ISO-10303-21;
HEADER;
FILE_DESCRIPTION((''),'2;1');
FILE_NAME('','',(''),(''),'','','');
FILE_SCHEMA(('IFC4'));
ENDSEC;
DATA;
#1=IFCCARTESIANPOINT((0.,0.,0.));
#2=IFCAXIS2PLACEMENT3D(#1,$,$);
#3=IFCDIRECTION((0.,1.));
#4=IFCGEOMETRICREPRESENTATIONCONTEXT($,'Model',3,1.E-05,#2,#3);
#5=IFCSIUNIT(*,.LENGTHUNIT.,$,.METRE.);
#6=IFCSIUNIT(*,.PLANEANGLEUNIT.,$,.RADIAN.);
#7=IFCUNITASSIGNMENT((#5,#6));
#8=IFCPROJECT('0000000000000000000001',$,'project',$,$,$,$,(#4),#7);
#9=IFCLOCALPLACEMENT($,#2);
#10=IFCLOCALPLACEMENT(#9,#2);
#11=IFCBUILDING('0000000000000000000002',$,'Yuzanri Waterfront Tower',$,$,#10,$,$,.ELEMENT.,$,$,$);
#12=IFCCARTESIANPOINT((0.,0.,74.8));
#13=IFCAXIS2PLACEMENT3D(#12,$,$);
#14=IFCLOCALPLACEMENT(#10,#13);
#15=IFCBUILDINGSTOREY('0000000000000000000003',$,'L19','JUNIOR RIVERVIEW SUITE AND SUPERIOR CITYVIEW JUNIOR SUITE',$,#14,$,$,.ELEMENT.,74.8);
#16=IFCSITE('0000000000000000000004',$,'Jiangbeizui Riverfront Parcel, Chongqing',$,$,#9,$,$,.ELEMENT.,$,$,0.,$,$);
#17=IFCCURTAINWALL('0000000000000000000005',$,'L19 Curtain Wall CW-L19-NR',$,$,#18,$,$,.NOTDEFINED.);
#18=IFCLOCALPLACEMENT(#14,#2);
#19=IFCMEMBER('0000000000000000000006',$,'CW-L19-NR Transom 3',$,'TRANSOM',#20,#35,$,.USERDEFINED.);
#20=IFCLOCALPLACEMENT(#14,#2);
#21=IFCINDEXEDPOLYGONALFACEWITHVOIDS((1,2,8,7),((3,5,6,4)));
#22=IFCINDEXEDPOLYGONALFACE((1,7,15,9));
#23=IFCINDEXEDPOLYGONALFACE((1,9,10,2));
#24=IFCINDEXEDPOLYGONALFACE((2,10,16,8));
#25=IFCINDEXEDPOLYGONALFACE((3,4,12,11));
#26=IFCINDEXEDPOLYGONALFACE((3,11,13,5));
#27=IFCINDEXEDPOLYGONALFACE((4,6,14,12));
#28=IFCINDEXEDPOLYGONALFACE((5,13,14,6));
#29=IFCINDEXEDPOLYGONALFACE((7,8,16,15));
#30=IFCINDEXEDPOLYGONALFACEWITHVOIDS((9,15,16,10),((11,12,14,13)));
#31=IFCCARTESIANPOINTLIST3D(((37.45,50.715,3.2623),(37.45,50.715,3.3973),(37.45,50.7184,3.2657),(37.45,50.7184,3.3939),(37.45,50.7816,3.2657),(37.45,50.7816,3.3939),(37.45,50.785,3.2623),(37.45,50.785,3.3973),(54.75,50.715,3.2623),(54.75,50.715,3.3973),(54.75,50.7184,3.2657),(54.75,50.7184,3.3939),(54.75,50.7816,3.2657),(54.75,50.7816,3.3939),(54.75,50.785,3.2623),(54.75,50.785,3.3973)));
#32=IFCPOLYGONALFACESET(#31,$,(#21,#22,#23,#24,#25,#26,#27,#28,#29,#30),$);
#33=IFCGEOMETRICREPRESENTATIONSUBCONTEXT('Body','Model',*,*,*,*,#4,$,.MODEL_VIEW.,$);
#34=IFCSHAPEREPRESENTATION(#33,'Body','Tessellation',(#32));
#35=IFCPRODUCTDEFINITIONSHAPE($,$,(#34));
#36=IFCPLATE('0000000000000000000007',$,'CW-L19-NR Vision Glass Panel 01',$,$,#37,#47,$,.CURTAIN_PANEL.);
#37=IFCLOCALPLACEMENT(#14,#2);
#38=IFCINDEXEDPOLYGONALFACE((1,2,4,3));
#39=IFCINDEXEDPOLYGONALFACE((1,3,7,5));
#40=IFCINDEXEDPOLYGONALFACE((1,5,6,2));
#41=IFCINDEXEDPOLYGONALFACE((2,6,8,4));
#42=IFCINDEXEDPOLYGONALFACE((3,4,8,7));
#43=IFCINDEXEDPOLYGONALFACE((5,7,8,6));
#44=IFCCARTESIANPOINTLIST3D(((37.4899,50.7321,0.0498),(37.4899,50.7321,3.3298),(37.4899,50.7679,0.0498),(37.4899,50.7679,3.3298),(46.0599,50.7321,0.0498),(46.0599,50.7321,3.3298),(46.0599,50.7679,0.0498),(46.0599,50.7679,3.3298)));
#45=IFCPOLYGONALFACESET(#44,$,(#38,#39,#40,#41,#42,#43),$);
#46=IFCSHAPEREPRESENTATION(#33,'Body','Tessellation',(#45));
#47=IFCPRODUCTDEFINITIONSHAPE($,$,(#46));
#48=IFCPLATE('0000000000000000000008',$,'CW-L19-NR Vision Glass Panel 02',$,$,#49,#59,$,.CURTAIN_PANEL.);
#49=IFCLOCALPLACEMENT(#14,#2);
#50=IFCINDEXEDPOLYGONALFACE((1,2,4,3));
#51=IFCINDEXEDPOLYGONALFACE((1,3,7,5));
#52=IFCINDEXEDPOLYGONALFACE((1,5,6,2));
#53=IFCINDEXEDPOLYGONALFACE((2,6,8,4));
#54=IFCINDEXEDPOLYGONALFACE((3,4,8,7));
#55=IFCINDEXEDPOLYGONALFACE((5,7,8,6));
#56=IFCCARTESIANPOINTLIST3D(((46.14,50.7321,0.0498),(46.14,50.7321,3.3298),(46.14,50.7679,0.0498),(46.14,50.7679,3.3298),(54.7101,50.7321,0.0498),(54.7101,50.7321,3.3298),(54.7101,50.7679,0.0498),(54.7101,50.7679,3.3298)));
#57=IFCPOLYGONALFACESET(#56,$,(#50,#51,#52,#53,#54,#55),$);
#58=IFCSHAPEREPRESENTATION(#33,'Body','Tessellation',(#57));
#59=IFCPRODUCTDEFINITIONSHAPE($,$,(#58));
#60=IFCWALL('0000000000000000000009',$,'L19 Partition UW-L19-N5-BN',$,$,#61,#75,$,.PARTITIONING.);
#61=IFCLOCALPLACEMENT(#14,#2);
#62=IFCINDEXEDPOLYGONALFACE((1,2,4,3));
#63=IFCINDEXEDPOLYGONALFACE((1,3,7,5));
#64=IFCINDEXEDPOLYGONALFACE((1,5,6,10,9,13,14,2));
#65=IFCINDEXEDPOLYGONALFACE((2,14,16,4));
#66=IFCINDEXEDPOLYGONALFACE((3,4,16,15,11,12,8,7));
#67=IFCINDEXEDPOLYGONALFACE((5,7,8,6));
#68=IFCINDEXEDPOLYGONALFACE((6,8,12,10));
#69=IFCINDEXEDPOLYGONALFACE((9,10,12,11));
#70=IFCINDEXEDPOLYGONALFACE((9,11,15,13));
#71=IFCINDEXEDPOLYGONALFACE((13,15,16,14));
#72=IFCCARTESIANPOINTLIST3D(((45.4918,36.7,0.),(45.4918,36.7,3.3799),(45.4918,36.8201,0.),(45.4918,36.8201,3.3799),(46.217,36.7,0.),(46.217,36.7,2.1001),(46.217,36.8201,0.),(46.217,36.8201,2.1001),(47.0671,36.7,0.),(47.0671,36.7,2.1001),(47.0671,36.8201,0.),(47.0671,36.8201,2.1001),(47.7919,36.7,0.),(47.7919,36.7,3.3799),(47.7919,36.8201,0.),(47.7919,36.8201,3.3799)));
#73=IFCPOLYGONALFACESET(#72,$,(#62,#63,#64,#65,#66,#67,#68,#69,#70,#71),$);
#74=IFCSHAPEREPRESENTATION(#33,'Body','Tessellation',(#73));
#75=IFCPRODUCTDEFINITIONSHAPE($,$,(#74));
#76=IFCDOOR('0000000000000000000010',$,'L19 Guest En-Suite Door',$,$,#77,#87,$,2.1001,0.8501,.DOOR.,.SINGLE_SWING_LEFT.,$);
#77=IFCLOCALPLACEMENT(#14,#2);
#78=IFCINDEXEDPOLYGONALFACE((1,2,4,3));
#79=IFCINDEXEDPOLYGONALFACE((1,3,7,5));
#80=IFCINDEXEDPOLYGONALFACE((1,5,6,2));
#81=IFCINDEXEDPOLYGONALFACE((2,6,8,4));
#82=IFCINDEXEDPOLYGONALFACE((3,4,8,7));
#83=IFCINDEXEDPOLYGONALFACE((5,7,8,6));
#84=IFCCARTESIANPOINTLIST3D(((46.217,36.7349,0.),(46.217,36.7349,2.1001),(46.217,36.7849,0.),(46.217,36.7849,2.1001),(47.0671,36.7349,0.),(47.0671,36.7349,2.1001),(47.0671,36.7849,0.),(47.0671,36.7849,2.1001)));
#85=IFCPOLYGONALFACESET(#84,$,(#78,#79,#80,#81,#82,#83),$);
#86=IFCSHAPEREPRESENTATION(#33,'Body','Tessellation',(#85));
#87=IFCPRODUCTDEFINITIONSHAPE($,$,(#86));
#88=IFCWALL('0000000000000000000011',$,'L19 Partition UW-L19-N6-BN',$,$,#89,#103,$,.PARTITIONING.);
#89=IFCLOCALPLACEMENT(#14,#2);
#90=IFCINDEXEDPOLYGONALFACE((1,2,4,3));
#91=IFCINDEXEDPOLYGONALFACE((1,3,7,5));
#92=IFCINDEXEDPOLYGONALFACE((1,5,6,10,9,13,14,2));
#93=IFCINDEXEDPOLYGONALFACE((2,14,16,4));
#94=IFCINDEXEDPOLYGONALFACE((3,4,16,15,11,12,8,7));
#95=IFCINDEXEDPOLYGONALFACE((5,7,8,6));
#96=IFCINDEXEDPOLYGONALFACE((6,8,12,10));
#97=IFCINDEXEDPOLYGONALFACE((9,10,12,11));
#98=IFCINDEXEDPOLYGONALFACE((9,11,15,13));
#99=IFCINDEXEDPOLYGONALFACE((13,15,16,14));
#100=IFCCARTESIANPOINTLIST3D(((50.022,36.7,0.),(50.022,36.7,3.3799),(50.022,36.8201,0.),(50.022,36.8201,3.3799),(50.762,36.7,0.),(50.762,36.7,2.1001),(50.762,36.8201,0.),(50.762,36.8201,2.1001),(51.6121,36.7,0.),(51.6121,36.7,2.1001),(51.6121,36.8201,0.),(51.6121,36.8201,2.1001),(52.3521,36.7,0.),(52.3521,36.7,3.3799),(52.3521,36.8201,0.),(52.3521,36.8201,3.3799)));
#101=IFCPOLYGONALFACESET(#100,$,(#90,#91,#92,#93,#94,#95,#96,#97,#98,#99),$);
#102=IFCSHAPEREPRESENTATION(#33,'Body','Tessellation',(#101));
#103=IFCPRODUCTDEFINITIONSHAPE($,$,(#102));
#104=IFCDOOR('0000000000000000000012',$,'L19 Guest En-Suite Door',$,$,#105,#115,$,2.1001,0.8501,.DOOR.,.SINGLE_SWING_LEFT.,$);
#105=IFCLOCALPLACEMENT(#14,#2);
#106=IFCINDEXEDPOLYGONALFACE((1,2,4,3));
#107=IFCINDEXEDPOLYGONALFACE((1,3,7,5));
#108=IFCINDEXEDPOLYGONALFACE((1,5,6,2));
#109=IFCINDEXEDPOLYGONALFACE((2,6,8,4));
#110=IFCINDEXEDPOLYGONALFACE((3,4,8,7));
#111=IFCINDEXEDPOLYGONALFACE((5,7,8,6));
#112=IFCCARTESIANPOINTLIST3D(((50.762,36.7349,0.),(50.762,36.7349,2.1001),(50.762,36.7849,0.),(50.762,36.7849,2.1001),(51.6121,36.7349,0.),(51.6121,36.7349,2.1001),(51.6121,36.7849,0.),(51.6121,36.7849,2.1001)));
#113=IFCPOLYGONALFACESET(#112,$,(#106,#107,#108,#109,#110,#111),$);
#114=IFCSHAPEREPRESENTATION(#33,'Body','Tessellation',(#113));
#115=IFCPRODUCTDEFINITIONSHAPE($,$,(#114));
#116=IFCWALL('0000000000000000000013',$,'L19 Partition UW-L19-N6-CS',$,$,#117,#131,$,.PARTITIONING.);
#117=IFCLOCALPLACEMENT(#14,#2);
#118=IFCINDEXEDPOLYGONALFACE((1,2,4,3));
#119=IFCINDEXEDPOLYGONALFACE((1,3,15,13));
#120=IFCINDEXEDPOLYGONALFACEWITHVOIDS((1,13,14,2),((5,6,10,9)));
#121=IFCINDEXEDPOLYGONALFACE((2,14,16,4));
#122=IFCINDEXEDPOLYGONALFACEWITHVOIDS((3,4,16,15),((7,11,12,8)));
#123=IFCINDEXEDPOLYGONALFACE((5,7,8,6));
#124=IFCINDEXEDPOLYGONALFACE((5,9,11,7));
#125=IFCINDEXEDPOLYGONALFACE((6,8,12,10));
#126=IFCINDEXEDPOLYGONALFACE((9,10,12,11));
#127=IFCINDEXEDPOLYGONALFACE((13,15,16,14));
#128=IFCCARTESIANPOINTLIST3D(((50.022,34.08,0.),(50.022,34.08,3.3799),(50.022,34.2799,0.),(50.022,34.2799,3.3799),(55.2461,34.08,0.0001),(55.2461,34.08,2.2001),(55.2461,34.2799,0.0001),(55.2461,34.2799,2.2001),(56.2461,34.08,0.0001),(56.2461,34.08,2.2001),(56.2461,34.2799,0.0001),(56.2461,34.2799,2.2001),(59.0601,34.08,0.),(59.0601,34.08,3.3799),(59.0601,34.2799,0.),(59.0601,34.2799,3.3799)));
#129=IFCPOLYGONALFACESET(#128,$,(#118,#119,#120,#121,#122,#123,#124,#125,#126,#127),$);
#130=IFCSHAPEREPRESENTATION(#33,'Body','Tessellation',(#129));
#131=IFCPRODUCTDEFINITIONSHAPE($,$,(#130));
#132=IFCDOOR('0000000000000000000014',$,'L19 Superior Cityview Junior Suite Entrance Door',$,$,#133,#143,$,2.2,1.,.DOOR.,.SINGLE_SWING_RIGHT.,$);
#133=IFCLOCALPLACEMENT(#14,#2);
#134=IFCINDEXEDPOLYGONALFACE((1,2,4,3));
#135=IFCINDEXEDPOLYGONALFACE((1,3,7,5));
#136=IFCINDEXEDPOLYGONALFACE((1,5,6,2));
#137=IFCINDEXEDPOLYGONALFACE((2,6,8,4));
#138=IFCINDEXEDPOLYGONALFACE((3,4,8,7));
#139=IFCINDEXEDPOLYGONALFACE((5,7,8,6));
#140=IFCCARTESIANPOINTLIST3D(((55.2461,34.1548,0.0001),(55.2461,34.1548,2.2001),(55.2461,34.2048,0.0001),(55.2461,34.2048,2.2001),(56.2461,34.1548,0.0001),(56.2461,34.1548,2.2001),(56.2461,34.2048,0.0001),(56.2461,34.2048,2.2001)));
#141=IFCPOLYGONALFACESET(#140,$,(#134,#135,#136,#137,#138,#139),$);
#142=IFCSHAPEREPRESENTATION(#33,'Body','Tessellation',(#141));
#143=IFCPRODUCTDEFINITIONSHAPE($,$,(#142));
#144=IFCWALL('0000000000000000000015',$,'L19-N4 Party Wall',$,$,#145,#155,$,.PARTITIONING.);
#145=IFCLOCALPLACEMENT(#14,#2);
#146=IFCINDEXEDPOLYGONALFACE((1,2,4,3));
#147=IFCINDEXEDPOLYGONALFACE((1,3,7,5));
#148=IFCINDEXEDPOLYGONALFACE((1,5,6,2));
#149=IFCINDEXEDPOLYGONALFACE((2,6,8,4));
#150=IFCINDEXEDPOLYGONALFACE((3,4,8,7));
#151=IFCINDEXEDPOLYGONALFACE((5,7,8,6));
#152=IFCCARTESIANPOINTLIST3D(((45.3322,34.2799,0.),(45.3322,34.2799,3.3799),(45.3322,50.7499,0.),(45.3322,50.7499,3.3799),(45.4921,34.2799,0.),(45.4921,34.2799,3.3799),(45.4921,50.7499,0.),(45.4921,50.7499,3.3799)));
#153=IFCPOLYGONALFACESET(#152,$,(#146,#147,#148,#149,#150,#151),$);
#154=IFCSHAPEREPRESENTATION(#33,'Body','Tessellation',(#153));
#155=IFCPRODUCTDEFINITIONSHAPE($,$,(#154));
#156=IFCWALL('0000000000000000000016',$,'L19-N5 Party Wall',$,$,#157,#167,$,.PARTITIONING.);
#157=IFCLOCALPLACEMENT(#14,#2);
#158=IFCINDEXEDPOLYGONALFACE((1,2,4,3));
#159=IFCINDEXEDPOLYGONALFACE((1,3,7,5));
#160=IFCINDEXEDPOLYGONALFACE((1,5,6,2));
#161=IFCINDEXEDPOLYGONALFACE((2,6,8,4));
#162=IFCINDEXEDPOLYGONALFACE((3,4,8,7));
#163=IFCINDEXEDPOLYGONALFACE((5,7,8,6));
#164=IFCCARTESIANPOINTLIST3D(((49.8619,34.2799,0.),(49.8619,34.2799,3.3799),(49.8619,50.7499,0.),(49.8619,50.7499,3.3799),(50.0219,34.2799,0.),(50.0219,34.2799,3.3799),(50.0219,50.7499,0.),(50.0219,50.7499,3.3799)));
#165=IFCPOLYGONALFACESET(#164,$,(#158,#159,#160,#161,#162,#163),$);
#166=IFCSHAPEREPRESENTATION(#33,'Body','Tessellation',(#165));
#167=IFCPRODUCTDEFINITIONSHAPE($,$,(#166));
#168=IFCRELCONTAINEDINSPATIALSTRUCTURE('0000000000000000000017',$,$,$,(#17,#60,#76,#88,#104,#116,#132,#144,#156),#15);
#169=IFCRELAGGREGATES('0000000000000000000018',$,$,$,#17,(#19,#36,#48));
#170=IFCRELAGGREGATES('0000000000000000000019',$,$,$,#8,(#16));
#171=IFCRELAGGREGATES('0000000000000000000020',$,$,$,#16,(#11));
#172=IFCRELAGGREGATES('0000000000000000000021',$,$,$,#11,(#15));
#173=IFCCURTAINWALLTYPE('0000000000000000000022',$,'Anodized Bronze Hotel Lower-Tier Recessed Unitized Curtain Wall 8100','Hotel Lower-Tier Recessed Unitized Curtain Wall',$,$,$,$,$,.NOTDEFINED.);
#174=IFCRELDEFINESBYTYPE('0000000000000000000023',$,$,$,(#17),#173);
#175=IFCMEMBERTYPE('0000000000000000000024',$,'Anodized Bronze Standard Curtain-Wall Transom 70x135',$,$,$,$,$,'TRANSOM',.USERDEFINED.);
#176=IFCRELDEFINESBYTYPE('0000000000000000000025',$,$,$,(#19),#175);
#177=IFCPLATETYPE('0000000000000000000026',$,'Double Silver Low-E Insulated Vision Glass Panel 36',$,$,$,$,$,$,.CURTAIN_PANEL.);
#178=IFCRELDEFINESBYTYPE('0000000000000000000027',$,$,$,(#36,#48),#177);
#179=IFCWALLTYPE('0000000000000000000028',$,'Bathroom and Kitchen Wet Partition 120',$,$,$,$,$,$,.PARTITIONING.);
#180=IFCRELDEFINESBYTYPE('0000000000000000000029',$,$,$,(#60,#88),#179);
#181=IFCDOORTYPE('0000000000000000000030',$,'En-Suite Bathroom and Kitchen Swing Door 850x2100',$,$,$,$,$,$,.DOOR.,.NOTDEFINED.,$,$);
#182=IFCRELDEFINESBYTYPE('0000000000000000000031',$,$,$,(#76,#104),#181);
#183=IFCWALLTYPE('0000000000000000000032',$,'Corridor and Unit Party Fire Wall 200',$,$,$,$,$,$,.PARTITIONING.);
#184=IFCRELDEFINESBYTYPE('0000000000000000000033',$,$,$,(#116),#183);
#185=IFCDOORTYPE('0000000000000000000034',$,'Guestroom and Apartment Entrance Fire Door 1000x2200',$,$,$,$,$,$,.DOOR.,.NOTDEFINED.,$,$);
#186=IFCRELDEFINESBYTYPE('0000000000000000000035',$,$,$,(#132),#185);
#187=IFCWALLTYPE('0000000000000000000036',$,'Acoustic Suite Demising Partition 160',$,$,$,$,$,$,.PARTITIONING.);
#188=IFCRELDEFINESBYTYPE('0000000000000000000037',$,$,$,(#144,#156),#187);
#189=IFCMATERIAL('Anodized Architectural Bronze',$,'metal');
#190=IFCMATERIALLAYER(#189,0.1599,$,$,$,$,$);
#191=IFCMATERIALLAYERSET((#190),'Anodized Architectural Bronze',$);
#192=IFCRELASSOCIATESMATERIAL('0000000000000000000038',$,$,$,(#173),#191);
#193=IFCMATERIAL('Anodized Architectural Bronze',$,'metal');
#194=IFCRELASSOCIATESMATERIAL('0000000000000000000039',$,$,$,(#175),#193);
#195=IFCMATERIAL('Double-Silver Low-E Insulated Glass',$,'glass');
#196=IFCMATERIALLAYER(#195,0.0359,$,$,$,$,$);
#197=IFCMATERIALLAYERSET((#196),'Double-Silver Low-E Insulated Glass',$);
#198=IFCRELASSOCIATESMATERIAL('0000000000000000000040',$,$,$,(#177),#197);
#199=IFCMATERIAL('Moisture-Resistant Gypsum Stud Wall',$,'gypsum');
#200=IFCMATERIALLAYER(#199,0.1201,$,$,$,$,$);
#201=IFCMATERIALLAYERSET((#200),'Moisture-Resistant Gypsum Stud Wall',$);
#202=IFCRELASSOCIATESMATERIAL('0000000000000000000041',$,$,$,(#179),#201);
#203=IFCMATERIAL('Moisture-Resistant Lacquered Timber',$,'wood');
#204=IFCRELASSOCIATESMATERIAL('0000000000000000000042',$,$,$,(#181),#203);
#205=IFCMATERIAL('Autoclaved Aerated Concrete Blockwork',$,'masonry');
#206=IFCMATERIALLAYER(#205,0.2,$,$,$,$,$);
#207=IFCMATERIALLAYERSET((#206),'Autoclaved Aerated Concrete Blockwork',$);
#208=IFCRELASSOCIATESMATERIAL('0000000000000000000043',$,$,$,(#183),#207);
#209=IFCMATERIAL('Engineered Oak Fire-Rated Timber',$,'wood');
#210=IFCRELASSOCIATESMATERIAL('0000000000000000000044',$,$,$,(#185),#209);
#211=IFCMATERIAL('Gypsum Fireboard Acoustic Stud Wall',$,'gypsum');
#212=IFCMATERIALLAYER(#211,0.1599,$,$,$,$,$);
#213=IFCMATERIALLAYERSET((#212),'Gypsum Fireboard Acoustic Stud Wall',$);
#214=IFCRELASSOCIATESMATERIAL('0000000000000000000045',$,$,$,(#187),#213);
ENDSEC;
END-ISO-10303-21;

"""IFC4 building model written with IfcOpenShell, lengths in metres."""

from ifc_helpers import new_model, si_unit, direction, frame, frame_2d, origin, origin_2d, place, context, subcontext, project, spatial, rectangle, hollow_rectangle, extrude, source, transform, mapped, material, layer, layer_set, material_profile, profile_set, type_object, element, fill, aggregate, save


model = new_model("IFC4")

# Units and contexts
model_context = context("Model", 3, precision=1e-05, world=origin(), true_north=direction((0.0, 1.0)))
body_context = subcontext(model_context, "Body", "Model", "MODEL_VIEW")
ifc_project = project(units=[si_unit("LENGTHUNIT", "METRE"), si_unit("PLANEANGLEUNIT", "RADIAN")], contexts=[model_context])

# Site, building, storey
site_placement = place(None, origin())
site = spatial("IfcSite", under=ifc_project, at=site_placement, Name="Jiangbeizui Riverfront Parcel, Chongqing", CompositionType="ELEMENT", RefElevation=0.0)
building_placement = place(site_placement, origin())
building = spatial("IfcBuilding", under=site, at=building_placement, Name="Yuzanri Waterfront Tower", CompositionType="ELEMENT")
storey_placement = place(building_placement, frame((0.0, 0.0, 74.8)))
storey = spatial("IfcBuildingStorey", under=building, at=storey_placement, Name="L19", Description="JUNIOR RIVERVIEW SUITE AND SUPERIOR CITYVIEW JUNIOR SUITE", CompositionType="ELEMENT", Elevation=74.8)

# Curtain wall, member, plates
ifc_material_1 = material(Name="Anodized Architectural Bronze", Category="metal")
ifc_layer_1 = layer(ifc_material_1, 0.1599)
ifc_layer_set_1 = layer_set([ifc_layer_1], Name="Anodized Architectural Bronze")
curtain_wall_type = type_object("IfcCurtainWallType", Name="Anodized Bronze Hotel Lower-Tier Recessed Unitized Curtain Wall 8100", Description="Hotel Lower-Tier Recessed Unitized Curtain Wall", PredefinedType="NOTDEFINED", material=ifc_layer_set_1)
curtain_wall_placement = place(storey_placement, origin())
curtain_wall = element("IfcCurtainWall", 1, at=curtain_wall_placement, inside=storey, type_object=curtain_wall_type, Name="L19 Curtain Wall CW-L19-NR", PredefinedType="NOTDEFINED")
ifc_material_2 = material(Name="Anodized Architectural Bronze", Category="metal")
ifc_material_profile_1 = material_profile(ifc_material_2, hollow_rectangle(XDim=0.0701, YDim=0.135, WallThickness=0.0034, at=origin_2d()), Name="CWT 70x135")
ifc_profile_set_1 = profile_set([ifc_material_profile_1], Name="Anodized Architectural Bronze")
member_type_1 = type_object("IfcMemberType", Name="Anodized Bronze Standard Curtain-Wall Transom 70x135", ElementType="TRANSOM", PredefinedType="USERDEFINED", material=ifc_profile_set_1)
shared_shape_1 = source(origin(), body_context, "Body", "SweptSolid", [
    extrude(hollow_rectangle(XDim=0.0701, YDim=0.135, WallThickness=0.0034, at=origin_2d()), origin(), (0.0, 0.0, 1.0), 17.3),
])
member_1_placement = place(storey_placement, frame((37.45, 50.75, 3.3298), z_axis=(1.0, 0.0, 0.0), x_axis=(0.0, 1.0, 0.0)))
member_1 = element("IfcMember", 2, at=member_1_placement, type_object=member_type_1, Name="CW-L19-NR Transom 3", ObjectType="TRANSOM", PredefinedType="USERDEFINED", context=body_context, shape_type="MappedRepresentation", body=[
    mapped(shared_shape_1, transform((0.0, 0.0, 0.0), scale=1.0)),
])
ifc_material_3 = material(Name="Double-Silver Low-E Insulated Glass", Category="glass")
ifc_layer_2 = layer(ifc_material_3, 0.0359)
ifc_layer_set_2 = layer_set([ifc_layer_2], Name="Double-Silver Low-E Insulated Glass")
plate_type = type_object("IfcPlateType", Name="Double Silver Low-E Insulated Vision Glass Panel 36", PredefinedType="CURTAIN_PANEL", material=ifc_layer_set_2)
shared_shape_2 = source(origin(), body_context, "Body", "SweptSolid", [
    extrude(rectangle(XDim=8.5701, YDim=0.0359, at=origin_2d()), origin(), (0.0, 0.0, 1.0), 3.28),
])
plate_1_placement = place(storey_placement, frame((41.7749, 50.75, 0.0498), z_axis=(0.0, 0.0, 1.0), x_axis=(1.0, 0.0, 0.0)))
plate_1 = element("IfcPlate", 3, at=plate_1_placement, type_object=plate_type, Name="CW-L19-NR Vision Glass Panel 01", PredefinedType="CURTAIN_PANEL", context=body_context, shape_type="MappedRepresentation", body=[
    mapped(shared_shape_2, transform((0.0, 0.0, 0.0), scale=1.0)),
])
plate_2_placement = place(storey_placement, frame((50.425, 50.75, 0.0498), z_axis=(0.0, 0.0, 1.0), x_axis=(1.0, 0.0, 0.0)))
plate_2 = element("IfcPlate", 4, at=plate_2_placement, type_object=plate_type, Name="CW-L19-NR Vision Glass Panel 02", PredefinedType="CURTAIN_PANEL", context=body_context, shape_type="MappedRepresentation", body=[
    mapped(shared_shape_2, transform((0.0, 0.0, 0.0), scale=1.0)),
])
aggregate(curtain_wall, [member_1, plate_1, plate_2])

# Walls, openings, doors
ifc_material_4 = material(Name="Moisture-Resistant Gypsum Stud Wall", Category="gypsum")
ifc_layer_3 = layer(ifc_material_4, 0.1201)
ifc_layer_set_3 = layer_set([ifc_layer_3], Name="Moisture-Resistant Gypsum Stud Wall")
wall_type_1 = type_object("IfcWallType", Name="Bathroom and Kitchen Wet Partition 120", PredefinedType="PARTITIONING", material=ifc_layer_set_3)
wall_1_placement = place(storey_placement, frame((45.4919, 36.76, 0.0), z_axis=(0.0, 0.0, 1.0), x_axis=(1.0, 0.0, 0.0)))
wall_1 = element("IfcWall", 5, at=wall_1_placement, inside=storey, type_object=wall_type_1, Name="L19 Partition UW-L19-N5-BN", PredefinedType="PARTITIONING", context=body_context, shape_type="SweptSolid", body=[
    extrude(rectangle(XDim=2.3, YDim=0.1201, at=frame_2d((1.1499, 0.0))), origin(), (0.0, 0.0, 1.0), 3.3799),
])
opening_1_placement = place(wall_1_placement, frame((0.7251, 0.0, 0.0)))
opening_1 = element("IfcOpeningElement", 6, at=opening_1_placement, cuts=wall_1, PredefinedType="OPENING", context=body_context, shape_type="SweptSolid", body=[
    extrude(rectangle(XDim=0.8501, YDim=2.1001, at=frame_2d((0.425, 1.05))), frame((0.0, 0.075, 0.0), z_axis=(0.0, -1.0, 0.0), x_axis=(1.0, 0.0, 0.0)), (0.0, 0.0, 1.0), 0.1499),
])
ifc_material_5 = material(Name="Moisture-Resistant Lacquered Timber", Category="wood")
door_type_1 = type_object("IfcDoorType", Name="En-Suite Bathroom and Kitchen Swing Door 850x2100", OperationType="NOTDEFINED", PredefinedType="DOOR", material=ifc_material_5)
shared_shape_3 = source(origin(), body_context, "Body", "SweptSolid", [
    extrude(rectangle(XDim=0.8501, YDim=2.1001, at=frame_2d((0.425, 1.05))), frame((0.0, 0.0249, 0.0), z_axis=(0.0, -1.0, 0.0), x_axis=(1.0, 0.0, 0.0)), (0.0, 0.0, 1.0), 0.05),
])
door_1_placement = place(opening_1_placement, origin())
door_1 = element("IfcDoor", 7, at=door_1_placement, inside=storey, type_object=door_type_1, Name="L19 Guest En-Suite Door", OperationType="SINGLE_SWING_LEFT", OverallHeight=2.1001, OverallWidth=0.8501, PredefinedType="DOOR", context=body_context, shape_type="MappedRepresentation", body=[
    mapped(shared_shape_3, transform((0.0, 0.0, 0.0), scale=1.0)),
])
fill(opening_1, door_1)
wall_2_placement = place(storey_placement, frame((50.022, 36.76, 0.0), z_axis=(0.0, 0.0, 1.0), x_axis=(1.0, 0.0, 0.0)))
wall_2 = element("IfcWall", 8, at=wall_2_placement, inside=storey, type_object=wall_type_1, Name="L19 Partition UW-L19-N6-BN", PredefinedType="PARTITIONING", context=body_context, shape_type="SweptSolid", body=[
    extrude(rectangle(XDim=2.3301, YDim=0.1201, at=frame_2d((1.165, 0.0))), origin(), (0.0, 0.0, 1.0), 3.3799),
])
opening_2_placement = place(wall_2_placement, frame((0.74, 0.0, 0.0)))
opening_2 = element("IfcOpeningElement", 9, at=opening_2_placement, cuts=wall_2, PredefinedType="OPENING", context=body_context, shape_type="SweptSolid", body=[
    extrude(rectangle(XDim=0.8501, YDim=2.1001, at=frame_2d((0.425, 1.05))), frame((0.0, 0.075, 0.0), z_axis=(0.0, -1.0, 0.0), x_axis=(1.0, 0.0, 0.0)), (0.0, 0.0, 1.0), 0.1499),
])
door_2_placement = place(opening_2_placement, origin())
door_2 = element("IfcDoor", 10, at=door_2_placement, inside=storey, type_object=door_type_1, Name="L19 Guest En-Suite Door", OperationType="SINGLE_SWING_LEFT", OverallHeight=2.1001, OverallWidth=0.8501, PredefinedType="DOOR", context=body_context, shape_type="MappedRepresentation", body=[
    mapped(shared_shape_3, transform((0.0, 0.0, 0.0), scale=1.0)),
])
fill(opening_2, door_2)
ifc_material_6 = material(Name="Autoclaved Aerated Concrete Blockwork", Category="masonry")
ifc_layer_4 = layer(ifc_material_6, 0.2)
ifc_layer_set_4 = layer_set([ifc_layer_4], Name="Autoclaved Aerated Concrete Blockwork")
wall_type_2 = type_object("IfcWallType", Name="Corridor and Unit Party Fire Wall 200", PredefinedType="PARTITIONING", material=ifc_layer_set_4)
wall_3_placement = place(storey_placement, frame((50.022, 34.1799, 0.0), z_axis=(0.0, 0.0, 1.0), x_axis=(1.0, 0.0, 0.0)))
wall_3 = element("IfcWall", 11, at=wall_3_placement, inside=storey, type_object=wall_type_2, Name="L19 Partition UW-L19-N6-CS", PredefinedType="PARTITIONING", context=body_context, shape_type="SweptSolid", body=[
    extrude(rectangle(XDim=9.0381, YDim=0.2, at=frame_2d((4.519, 0.0))), origin(), (0.0, 0.0, 1.0), 3.3799),
])
opening_3_placement = place(wall_3_placement, frame((5.2241, 0.0, 0.0)))
opening_3 = element("IfcOpeningElement", 12, at=opening_3_placement, cuts=wall_3, PredefinedType="OPENING", context=body_context, shape_type="SweptSolid", body=[
    extrude(rectangle(XDim=1.0, YDim=2.2, at=frame_2d((0.5, 1.1001))), frame((0.0, 0.1147, 0.0), z_axis=(0.0, -1.0, 0.0), x_axis=(1.0, 0.0, 0.0)), (0.0, 0.0, 1.0), 0.2297),
])
ifc_material_7 = material(Name="Engineered Oak Fire-Rated Timber", Category="wood")
door_type_2 = type_object("IfcDoorType", Name="Guestroom and Apartment Entrance Fire Door 1000x2200", OperationType="NOTDEFINED", PredefinedType="DOOR", material=ifc_material_7)
shared_shape_4 = source(origin(), body_context, "Body", "SweptSolid", [
    extrude(rectangle(XDim=1.0, YDim=2.2, at=frame_2d((0.5, 1.1001))), frame((0.0, 0.0249, 0.0), z_axis=(0.0, -1.0, 0.0), x_axis=(1.0, 0.0, 0.0)), (0.0, 0.0, 1.0), 0.05),
])
door_3_placement = place(opening_3_placement, origin())
door_3 = element("IfcDoor", 13, at=door_3_placement, inside=storey, type_object=door_type_2, Name="L19 Superior Cityview Junior Suite Entrance Door", OperationType="SINGLE_SWING_RIGHT", OverallHeight=2.2, OverallWidth=1.0, PredefinedType="DOOR", context=body_context, shape_type="MappedRepresentation", body=[
    mapped(shared_shape_4, transform((0.0, 0.0, 0.0), scale=1.0)),
])
fill(opening_3, door_3)

# Walls
ifc_material_8 = material(Name="Gypsum Fireboard Acoustic Stud Wall", Category="gypsum")
ifc_layer_5 = layer(ifc_material_8, 0.1599)
ifc_layer_set_5 = layer_set([ifc_layer_5], Name="Gypsum Fireboard Acoustic Stud Wall")
wall_type_3 = type_object("IfcWallType", Name="Acoustic Suite Demising Partition 160", PredefinedType="PARTITIONING", material=ifc_layer_set_5)
shared_shape_5 = source(origin(), body_context, "Body", "SweptSolid", [
    extrude(rectangle(XDim=16.47, YDim=0.1599, at=frame_2d((8.2349, 0.0))), origin(), (0.0, 0.0, 1.0), 3.3799),
])
for number, where, z_axis, x_axis, name in (
    (14, (45.4121, 34.28, 0.0), (0.0, 0.0, 1.0), (0.0, 1.0, 0.0), "L19-N4 Party Wall"),
    (15, (49.9419, 34.28, 0.0), (0.0, 0.0, 1.0), (0.0, 1.0, 0.0), "L19-N5 Party Wall"),
):
    element("IfcWall", number, at=place(storey_placement, frame(where, z_axis=z_axis, x_axis=x_axis)), inside=storey, type_object=wall_type_3, Name=name, PredefinedType="PARTITIONING", context=body_context, shape_type="MappedRepresentation", body=[
        mapped(shared_shape_5, transform((0.0, 0.0, 0.0), scale=1.0)),
    ])

save(model, "model.ifc")
